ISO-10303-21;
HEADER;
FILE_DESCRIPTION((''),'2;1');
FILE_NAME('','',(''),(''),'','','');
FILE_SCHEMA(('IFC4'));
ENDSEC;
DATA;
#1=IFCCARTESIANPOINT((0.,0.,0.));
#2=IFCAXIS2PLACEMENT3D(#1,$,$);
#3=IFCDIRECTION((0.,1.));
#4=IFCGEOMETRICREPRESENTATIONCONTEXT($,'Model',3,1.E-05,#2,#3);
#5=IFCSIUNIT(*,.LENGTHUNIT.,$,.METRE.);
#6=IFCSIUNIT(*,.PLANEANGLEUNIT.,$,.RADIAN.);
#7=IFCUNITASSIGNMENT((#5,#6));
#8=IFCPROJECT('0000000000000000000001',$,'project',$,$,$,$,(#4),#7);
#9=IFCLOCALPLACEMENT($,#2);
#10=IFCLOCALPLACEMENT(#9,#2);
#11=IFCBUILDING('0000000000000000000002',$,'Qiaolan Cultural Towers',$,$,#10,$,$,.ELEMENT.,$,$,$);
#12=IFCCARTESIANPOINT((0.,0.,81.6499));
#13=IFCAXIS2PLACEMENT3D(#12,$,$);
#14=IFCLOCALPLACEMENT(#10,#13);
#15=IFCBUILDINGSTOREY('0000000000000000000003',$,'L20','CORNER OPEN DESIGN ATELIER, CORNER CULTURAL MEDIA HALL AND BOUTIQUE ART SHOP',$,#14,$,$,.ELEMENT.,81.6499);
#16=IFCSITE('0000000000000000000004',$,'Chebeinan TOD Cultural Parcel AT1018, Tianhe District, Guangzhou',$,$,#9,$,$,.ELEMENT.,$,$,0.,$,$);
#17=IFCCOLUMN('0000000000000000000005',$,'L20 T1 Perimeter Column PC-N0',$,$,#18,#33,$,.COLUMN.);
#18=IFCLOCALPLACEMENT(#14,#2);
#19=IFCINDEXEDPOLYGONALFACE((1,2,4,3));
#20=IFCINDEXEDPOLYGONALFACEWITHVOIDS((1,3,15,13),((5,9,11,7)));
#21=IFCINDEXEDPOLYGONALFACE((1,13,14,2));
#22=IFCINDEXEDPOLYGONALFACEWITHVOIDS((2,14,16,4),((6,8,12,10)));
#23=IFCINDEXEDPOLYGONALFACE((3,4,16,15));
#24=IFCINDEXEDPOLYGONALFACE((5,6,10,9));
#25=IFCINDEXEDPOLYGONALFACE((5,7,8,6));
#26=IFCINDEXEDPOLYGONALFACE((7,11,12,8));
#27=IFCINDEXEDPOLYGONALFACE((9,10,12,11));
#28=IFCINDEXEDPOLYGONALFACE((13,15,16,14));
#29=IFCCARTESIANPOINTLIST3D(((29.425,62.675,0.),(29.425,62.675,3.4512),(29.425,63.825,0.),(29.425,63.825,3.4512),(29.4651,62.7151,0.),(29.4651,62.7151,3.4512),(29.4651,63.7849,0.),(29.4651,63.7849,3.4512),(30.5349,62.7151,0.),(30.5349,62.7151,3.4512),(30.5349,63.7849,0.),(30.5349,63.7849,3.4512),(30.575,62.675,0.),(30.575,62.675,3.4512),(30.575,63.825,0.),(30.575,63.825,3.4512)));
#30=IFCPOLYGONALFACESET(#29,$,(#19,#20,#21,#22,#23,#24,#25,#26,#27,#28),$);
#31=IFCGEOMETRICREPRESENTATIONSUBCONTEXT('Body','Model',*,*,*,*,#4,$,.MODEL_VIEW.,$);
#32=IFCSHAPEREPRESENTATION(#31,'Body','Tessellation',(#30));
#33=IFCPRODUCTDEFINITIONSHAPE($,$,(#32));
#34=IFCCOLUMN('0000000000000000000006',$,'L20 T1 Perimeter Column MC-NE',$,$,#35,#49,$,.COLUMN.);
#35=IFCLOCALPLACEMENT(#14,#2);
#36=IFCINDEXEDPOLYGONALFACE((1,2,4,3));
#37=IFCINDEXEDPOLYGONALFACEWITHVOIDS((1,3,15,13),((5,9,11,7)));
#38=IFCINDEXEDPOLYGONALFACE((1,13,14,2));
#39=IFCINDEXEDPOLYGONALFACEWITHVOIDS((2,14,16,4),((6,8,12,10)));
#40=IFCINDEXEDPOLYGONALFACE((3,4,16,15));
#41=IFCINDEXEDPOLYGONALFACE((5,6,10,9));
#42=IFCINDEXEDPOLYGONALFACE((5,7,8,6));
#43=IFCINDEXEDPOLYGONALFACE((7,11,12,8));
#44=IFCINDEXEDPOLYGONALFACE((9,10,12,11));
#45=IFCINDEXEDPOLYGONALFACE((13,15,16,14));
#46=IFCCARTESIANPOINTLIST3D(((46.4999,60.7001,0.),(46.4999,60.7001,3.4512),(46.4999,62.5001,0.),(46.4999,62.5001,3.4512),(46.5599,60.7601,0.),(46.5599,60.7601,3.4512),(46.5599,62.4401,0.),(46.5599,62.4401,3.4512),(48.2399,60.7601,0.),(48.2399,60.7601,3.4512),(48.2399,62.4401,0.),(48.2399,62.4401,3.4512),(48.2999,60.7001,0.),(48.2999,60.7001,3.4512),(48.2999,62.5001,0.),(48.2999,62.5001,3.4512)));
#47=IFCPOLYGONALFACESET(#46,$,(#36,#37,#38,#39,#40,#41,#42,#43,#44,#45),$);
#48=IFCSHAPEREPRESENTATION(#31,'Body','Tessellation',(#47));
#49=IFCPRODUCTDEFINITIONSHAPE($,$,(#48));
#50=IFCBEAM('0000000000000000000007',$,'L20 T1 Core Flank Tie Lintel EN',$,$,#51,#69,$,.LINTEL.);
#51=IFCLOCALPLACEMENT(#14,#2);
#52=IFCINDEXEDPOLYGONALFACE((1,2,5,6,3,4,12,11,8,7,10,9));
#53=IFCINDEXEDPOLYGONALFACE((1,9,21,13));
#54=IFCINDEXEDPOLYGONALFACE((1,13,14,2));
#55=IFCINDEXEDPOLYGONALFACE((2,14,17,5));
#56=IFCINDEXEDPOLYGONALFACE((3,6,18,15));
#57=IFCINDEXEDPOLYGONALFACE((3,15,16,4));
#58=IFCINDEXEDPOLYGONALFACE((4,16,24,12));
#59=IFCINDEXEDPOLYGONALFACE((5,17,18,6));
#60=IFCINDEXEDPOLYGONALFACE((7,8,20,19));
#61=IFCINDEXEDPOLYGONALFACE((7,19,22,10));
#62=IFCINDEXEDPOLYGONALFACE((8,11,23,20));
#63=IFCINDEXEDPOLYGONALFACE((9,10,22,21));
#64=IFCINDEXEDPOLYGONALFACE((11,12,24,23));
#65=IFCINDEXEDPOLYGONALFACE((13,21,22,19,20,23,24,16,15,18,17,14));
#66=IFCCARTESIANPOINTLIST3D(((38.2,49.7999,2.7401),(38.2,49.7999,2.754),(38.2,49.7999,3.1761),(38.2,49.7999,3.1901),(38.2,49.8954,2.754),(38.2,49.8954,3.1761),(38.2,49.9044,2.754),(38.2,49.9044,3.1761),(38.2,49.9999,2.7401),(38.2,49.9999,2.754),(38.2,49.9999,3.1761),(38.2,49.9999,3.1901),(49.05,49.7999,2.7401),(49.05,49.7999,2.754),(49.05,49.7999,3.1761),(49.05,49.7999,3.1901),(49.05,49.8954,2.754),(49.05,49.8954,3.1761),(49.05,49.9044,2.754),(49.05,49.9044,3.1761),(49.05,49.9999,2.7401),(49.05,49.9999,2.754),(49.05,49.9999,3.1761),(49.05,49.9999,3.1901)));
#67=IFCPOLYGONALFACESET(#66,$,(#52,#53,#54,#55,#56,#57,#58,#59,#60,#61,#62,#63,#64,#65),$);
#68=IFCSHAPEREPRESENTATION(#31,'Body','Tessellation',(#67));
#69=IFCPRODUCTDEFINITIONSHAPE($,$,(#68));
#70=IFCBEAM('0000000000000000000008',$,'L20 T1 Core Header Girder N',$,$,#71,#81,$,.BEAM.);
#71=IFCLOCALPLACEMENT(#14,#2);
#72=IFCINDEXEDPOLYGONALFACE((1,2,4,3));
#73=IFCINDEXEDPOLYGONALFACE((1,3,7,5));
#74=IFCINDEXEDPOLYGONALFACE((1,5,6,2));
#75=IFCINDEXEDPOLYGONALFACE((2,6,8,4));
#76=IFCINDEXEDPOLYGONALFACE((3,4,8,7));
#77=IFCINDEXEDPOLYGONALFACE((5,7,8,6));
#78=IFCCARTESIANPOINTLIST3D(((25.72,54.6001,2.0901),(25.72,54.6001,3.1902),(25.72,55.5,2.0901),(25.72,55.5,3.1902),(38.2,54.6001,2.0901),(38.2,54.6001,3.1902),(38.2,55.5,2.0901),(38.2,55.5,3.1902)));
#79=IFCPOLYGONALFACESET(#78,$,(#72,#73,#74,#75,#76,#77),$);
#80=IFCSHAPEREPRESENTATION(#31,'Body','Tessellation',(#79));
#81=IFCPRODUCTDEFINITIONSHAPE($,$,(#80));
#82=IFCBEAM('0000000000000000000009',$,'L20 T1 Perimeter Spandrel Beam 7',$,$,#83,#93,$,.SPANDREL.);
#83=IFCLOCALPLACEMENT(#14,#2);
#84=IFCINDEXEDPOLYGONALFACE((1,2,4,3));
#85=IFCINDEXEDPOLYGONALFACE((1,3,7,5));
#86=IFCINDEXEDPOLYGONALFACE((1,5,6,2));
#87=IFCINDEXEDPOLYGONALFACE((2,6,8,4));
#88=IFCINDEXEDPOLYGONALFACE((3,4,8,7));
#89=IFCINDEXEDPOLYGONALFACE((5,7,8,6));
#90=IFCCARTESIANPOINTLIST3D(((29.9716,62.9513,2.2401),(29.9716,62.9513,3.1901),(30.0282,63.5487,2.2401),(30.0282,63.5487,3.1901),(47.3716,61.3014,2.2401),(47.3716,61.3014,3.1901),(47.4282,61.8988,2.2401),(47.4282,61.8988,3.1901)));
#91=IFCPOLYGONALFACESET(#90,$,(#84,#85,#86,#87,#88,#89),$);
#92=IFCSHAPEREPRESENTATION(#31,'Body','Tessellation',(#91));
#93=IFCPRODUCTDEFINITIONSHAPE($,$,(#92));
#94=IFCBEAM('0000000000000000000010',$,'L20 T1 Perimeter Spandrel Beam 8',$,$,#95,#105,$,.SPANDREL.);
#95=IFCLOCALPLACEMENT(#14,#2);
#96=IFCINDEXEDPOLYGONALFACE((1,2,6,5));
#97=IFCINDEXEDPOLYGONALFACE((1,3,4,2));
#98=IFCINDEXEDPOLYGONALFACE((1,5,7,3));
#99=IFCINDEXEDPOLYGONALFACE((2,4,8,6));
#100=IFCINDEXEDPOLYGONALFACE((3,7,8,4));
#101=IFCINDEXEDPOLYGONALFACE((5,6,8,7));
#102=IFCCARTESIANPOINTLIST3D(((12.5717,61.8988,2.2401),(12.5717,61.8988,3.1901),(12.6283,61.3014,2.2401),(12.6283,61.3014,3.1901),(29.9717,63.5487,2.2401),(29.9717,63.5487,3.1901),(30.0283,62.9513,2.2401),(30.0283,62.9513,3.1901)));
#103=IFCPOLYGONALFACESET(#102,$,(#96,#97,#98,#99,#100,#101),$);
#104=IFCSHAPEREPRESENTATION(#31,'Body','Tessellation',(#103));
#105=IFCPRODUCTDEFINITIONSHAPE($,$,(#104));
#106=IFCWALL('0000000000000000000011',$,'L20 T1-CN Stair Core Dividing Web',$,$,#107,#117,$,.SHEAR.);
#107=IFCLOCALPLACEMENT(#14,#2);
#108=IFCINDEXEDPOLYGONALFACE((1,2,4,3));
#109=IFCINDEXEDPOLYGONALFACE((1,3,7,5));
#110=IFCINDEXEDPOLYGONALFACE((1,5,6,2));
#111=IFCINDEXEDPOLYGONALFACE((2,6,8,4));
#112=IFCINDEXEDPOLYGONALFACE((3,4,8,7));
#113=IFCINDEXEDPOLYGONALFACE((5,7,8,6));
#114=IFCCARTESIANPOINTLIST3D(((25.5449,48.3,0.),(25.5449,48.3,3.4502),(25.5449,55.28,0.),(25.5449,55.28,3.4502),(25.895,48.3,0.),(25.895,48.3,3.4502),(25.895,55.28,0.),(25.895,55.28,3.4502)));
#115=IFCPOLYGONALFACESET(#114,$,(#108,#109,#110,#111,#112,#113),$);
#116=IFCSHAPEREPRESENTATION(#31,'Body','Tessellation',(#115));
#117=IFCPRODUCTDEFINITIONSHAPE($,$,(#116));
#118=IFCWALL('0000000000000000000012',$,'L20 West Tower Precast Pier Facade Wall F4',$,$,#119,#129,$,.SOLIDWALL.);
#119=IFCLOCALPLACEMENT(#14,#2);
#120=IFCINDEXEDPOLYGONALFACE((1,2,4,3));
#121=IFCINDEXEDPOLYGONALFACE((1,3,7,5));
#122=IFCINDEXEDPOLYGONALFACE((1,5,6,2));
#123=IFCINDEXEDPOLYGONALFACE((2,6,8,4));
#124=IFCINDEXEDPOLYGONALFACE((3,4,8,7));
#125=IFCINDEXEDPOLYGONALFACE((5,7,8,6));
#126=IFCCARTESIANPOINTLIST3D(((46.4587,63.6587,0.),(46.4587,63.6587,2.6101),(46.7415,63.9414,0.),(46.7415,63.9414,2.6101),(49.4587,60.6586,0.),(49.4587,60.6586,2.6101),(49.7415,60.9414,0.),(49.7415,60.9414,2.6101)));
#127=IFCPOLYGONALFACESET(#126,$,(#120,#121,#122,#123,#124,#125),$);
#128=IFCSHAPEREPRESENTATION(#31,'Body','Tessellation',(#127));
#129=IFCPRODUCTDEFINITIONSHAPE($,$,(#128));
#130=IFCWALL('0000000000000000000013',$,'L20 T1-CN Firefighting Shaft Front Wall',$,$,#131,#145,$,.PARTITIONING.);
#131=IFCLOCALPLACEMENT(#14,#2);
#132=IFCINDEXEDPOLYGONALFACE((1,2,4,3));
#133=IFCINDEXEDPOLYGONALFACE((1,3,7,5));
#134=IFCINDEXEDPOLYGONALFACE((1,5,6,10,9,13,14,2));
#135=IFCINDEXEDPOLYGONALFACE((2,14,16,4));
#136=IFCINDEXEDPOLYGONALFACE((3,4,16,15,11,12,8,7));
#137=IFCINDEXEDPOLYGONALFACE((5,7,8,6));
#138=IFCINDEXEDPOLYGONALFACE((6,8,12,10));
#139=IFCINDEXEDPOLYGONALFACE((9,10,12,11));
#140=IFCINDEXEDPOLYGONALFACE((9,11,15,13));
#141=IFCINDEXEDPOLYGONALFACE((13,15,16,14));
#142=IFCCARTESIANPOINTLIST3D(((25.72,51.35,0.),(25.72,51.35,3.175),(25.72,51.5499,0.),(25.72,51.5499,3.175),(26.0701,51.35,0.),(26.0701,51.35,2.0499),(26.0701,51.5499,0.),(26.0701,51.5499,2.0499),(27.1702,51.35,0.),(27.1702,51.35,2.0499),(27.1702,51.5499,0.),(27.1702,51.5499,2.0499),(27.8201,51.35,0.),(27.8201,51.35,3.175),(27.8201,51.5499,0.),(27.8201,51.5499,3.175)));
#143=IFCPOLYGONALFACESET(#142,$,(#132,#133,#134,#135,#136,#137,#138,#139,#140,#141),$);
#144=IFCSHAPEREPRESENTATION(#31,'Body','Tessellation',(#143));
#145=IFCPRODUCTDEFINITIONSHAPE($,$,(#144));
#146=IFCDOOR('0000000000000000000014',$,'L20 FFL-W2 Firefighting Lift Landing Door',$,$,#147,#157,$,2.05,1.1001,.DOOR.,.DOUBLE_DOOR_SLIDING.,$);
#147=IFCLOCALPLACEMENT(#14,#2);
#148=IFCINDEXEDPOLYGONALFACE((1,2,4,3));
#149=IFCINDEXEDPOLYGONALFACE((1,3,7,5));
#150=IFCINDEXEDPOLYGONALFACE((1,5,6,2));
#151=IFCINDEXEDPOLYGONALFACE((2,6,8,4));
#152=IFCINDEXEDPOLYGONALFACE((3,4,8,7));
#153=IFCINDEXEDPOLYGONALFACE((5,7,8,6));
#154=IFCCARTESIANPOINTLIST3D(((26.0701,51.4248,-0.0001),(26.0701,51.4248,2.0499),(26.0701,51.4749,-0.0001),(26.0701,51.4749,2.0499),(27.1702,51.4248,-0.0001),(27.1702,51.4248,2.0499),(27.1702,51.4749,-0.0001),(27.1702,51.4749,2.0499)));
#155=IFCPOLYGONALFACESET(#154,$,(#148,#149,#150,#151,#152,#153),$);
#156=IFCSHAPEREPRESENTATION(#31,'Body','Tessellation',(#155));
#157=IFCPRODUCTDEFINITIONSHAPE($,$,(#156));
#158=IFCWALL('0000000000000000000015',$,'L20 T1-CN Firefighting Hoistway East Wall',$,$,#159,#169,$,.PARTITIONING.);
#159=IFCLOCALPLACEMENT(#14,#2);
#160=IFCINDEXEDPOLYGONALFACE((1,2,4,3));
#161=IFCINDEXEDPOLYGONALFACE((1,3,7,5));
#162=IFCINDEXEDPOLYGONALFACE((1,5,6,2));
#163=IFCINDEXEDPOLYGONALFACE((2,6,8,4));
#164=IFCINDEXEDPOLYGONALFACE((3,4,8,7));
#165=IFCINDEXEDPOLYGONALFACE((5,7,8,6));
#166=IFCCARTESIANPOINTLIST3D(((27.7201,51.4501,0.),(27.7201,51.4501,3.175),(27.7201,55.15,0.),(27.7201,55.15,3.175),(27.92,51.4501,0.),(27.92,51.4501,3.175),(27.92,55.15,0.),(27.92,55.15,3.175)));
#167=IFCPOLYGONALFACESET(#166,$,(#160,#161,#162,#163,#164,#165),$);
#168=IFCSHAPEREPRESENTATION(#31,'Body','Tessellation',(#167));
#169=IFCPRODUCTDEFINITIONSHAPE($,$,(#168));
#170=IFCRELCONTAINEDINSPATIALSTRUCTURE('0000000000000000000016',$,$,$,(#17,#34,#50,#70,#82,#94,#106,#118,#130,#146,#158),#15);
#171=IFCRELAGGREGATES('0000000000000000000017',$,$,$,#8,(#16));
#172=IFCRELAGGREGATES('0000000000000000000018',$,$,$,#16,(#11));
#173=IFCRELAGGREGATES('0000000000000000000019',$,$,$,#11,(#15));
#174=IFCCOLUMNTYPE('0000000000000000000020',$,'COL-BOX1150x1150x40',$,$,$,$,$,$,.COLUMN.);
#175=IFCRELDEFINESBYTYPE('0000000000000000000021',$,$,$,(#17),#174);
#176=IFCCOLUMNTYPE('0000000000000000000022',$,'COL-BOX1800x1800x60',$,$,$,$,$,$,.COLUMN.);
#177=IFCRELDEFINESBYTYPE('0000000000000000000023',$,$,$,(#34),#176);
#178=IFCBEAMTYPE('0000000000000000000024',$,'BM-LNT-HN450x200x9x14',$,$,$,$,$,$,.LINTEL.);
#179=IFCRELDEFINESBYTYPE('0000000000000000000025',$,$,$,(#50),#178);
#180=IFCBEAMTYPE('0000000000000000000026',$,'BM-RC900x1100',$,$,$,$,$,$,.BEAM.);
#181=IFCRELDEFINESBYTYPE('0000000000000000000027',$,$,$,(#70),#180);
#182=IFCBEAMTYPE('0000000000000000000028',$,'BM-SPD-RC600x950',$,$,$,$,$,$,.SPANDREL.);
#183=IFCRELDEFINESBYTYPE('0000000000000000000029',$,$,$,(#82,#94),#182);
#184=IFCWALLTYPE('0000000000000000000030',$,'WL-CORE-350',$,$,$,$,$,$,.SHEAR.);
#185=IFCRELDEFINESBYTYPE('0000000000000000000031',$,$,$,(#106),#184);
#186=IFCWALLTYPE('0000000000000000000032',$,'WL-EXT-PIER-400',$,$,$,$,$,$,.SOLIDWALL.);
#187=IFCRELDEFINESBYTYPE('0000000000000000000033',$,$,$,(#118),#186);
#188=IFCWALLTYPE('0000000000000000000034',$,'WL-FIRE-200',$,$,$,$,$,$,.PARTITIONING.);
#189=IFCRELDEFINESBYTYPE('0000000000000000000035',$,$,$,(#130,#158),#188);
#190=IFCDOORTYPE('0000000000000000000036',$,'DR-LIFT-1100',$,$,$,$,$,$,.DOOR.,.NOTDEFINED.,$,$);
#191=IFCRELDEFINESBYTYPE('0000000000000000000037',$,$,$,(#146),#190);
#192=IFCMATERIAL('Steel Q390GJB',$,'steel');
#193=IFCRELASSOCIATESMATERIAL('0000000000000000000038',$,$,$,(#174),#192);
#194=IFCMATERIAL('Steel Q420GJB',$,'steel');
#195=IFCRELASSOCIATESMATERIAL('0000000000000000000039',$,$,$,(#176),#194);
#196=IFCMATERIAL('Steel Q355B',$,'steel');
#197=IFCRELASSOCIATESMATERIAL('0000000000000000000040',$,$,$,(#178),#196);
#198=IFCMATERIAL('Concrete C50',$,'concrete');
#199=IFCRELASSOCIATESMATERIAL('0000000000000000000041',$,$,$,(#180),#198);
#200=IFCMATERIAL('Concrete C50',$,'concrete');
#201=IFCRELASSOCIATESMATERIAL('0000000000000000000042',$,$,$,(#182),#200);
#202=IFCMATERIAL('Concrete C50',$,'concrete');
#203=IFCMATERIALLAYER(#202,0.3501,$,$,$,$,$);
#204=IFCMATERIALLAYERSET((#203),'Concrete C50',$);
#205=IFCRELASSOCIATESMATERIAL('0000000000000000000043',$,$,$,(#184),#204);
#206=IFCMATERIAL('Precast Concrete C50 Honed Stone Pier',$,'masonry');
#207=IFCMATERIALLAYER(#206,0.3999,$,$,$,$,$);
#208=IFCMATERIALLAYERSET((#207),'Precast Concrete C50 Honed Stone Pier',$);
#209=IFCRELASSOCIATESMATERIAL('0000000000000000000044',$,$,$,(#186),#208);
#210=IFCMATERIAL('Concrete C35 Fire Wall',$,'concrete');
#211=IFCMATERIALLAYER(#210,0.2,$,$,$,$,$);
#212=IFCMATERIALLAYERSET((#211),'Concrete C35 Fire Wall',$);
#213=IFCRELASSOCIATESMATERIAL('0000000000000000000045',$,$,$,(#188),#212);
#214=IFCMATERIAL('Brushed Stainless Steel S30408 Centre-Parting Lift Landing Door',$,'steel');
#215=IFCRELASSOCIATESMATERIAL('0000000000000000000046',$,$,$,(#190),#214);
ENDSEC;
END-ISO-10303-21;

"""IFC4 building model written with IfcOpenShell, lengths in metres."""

from ifc_helpers import new_model, si_unit, direction, frame, frame_2d, origin, origin_2d, place, context, subcontext, project, spatial, rectangle, hollow_rectangle, i_section, extrude, material, layer, layer_set, material_profile, profile_set, type_object, element, fill, save


model = new_model("IFC4")

# Units and contexts
model_context = context("Model", 3, precision=1e-05, world=origin(), true_north=direction((0.0, 1.0)))
body_context = subcontext(model_context, "Body", "Model", "MODEL_VIEW")
ifc_project = project(units=[si_unit("LENGTHUNIT", "METRE"), si_unit("PLANEANGLEUNIT", "RADIAN")], contexts=[model_context])

# Site, building, storey
site_placement = place(None, origin())
site = spatial("IfcSite", under=ifc_project, at=site_placement, Name="Chebeinan TOD Cultural Parcel AT1018, Tianhe District, Guangzhou", CompositionType="ELEMENT", RefElevation=0.0)
building_placement = place(site_placement, origin())
building = spatial("IfcBuilding", under=site, at=building_placement, Name="Qiaolan Cultural Towers", CompositionType="ELEMENT")
storey_placement = place(building_placement, frame((0.0, 0.0, 81.6499)))
storey = spatial("IfcBuildingStorey", under=building, at=storey_placement, Name="L20", Description="CORNER OPEN DESIGN ATELIER, CORNER CULTURAL MEDIA HALL AND BOUTIQUE ART SHOP", CompositionType="ELEMENT", Elevation=81.6499)

# Columns
ifc_material_1 = material(Name="Steel Q390GJB", Category="steel")
ifc_material_profile_1 = material_profile(ifc_material_1, hollow_rectangle(XDim=1.1499, YDim=1.1499, WallThickness=0.04, at=origin_2d()), Name="BOX1150x1150x40")
ifc_profile_set_1 = profile_set([ifc_material_profile_1], Name="Steel Q390GJB")
column_type_1 = type_object("IfcColumnType", Name="COL-BOX1150x1150x40", PredefinedType="COLUMN", material=ifc_profile_set_1)
column_1_placement = place(storey_placement, frame((30.0, 63.25, 0.0), z_axis=(0.0, 0.0, 1.0), x_axis=(1.0, 0.0, 0.0)))
element("IfcColumn", 1, at=column_1_placement, inside=storey, type_object=column_type_1, Name="L20 T1 Perimeter Column PC-N0", PredefinedType="COLUMN", context=body_context, shape_type="SweptSolid", body=[
    extrude(hollow_rectangle(XDim=1.1499, YDim=1.1499, WallThickness=0.04, at=origin_2d()), origin(), (0.0, 0.0, 1.0), 3.4512),
])
ifc_material_2 = material(Name="Steel Q420GJB", Category="steel")
ifc_material_profile_2 = material_profile(ifc_material_2, hollow_rectangle(XDim=1.8, YDim=1.8, WallThickness=0.0601, at=origin_2d()), Name="BOX1800x1800x60")
ifc_profile_set_2 = profile_set([ifc_material_profile_2], Name="Steel Q420GJB")
column_type_2 = type_object("IfcColumnType", Name="COL-BOX1800x1800x60", PredefinedType="COLUMN", material=ifc_profile_set_2)
column_2_placement = place(storey_placement, frame((47.3999, 61.6001, 0.0), z_axis=(0.0, 0.0, 1.0), x_axis=(1.0, 0.0, 0.0)))
element("IfcColumn", 2, at=column_2_placement, inside=storey, type_object=column_type_2, Name="L20 T1 Perimeter Column MC-NE", PredefinedType="COLUMN", context=body_context, shape_type="SweptSolid", body=[
    extrude(hollow_rectangle(XDim=1.8, YDim=1.8, WallThickness=0.0601, at=origin_2d()), origin(), (0.0, 0.0, 1.0), 3.4512),
])

# Beams
ifc_material_3 = material(Name="Steel Q355B", Category="steel")
ifc_material_profile_3 = material_profile(ifc_material_3, i_section(OverallWidth=0.2, OverallDepth=0.45, WebThickness=0.009, FlangeThickness=0.0139, at=origin_2d()), Name="HN450x200x9x14")
ifc_profile_set_3 = profile_set([ifc_material_profile_3], Name="Steel Q355B")
beam_type_1 = type_object("IfcBeamType", Name="BM-LNT-HN450x200x9x14", PredefinedType="LINTEL", material=ifc_profile_set_3)
beam_1_placement = place(storey_placement, frame((38.2, 49.8999, 2.9651), z_axis=(1.0, 0.0, 0.0), x_axis=(0.0, 1.0, 0.0)))
element("IfcBeam", 3, at=beam_1_placement, inside=storey, type_object=beam_type_1, Name="L20 T1 Core Flank Tie Lintel EN", PredefinedType="LINTEL", context=body_context, shape_type="SweptSolid", body=[
    extrude(i_section(OverallWidth=0.2, OverallDepth=0.45, WebThickness=0.009, FlangeThickness=0.0139, at=origin_2d()), origin(), (0.0, 0.0, 1.0), 10.8501),
])
ifc_material_4 = material(Name="Concrete C50", Category="concrete")
ifc_material_profile_4 = material_profile(ifc_material_4, rectangle(XDim=0.8999, YDim=1.1001, at=origin_2d()), Name="RC900x1100")
ifc_profile_set_4 = profile_set([ifc_material_profile_4], Name="Concrete C50")
beam_type_2 = type_object("IfcBeamType", Name="BM-RC900x1100", PredefinedType="BEAM", material=ifc_profile_set_4)
beam_2_placement = place(storey_placement, frame((25.72, 55.05, 2.6401), z_axis=(1.0, 0.0, 0.0), x_axis=(0.0, 1.0, 0.0)))
element("IfcBeam", 4, at=beam_2_placement, inside=storey, type_object=beam_type_2, Name="L20 T1 Core Header Girder N", PredefinedType="BEAM", context=body_context, shape_type="SweptSolid", body=[
    extrude(rectangle(XDim=0.8999, YDim=1.1001, at=origin_2d()), origin(), (0.0, 0.0, 1.0), 12.48),
])
ifc_material_5 = material(Name="Concrete C50", Category="concrete")
ifc_material_profile_5 = material_profile(ifc_material_5, rectangle(XDim=0.6001, YDim=0.95, at=origin_2d()), Name="RC600x950")
ifc_profile_set_5 = profile_set([ifc_material_profile_5], Name="Concrete C50")
beam_type_3 = type_object("IfcBeamType", Name="BM-SPD-RC600x950", PredefinedType="SPANDREL", material=ifc_profile_set_5)
for number, where, z_axis, x_axis, name in (
    (5, (47.3999, 61.6001, 2.7151), (-0.995534, 0.094399, 0.0), (-0.094399, -0.995534, 0.0), "L20 T1 Perimeter Spandrel Beam 7"),
    (6, (30.0, 63.25, 2.7151), (-0.995534, -0.094399, 0.0), (0.094399, -0.995534, 0.0), "L20 T1 Perimeter Spandrel Beam 8"),
):
    element("IfcBeam", number, at=place(storey_placement, frame(where, z_axis=z_axis, x_axis=x_axis)), inside=storey, type_object=beam_type_3, Name=name, PredefinedType="SPANDREL", context=body_context, shape_type="SweptSolid", body=[
        extrude(rectangle(XDim=0.6001, YDim=0.95, at=origin_2d()), origin(), (0.0, 0.0, 1.0), 17.478),
    ])

# Walls
ifc_material_6 = material(Name="Concrete C50", Category="concrete")
ifc_layer_1 = layer(ifc_material_6, 0.3501)
ifc_layer_set_1 = layer_set([ifc_layer_1], Name="Concrete C50")
wall_type_1 = type_object("IfcWallType", Name="WL-CORE-350", PredefinedType="SHEAR", material=ifc_layer_set_1)
wall_1_placement = place(storey_placement, frame((25.72, 48.3, 0.0), z_axis=(0.0, 0.0, 1.0), x_axis=(0.0, 1.0, 0.0)))
element("IfcWall", 7, at=wall_1_placement, inside=storey, type_object=wall_type_1, Name="L20 T1-CN Stair Core Dividing Web", PredefinedType="SHEAR", context=body_context, shape_type="SweptSolid", body=[
    extrude(rectangle(XDim=6.98, YDim=0.3501, at=frame_2d((3.49, 0.0))), origin(), (0.0, 0.0, 1.0), 3.4502),
])
ifc_material_7 = material(Name="Precast Concrete C50 Honed Stone Pier", Category="masonry")
ifc_layer_2 = layer(ifc_material_7, 0.3999)
ifc_layer_set_2 = layer_set([ifc_layer_2], Name="Precast Concrete C50 Honed Stone Pier")
wall_type_2 = type_object("IfcWallType", Name="WL-EXT-PIER-400", PredefinedType="SOLIDWALL", material=ifc_layer_set_2)
wall_2_placement = place(storey_placement, frame((46.6001, 63.8, 0.0), z_axis=(0.0, 0.0, 1.0), x_axis=(0.707107, -0.707107, 0.0)))
element("IfcWall", 8, at=wall_2_placement, inside=storey, type_object=wall_type_2, Name="L20 West Tower Precast Pier Facade Wall F4", PredefinedType="SOLIDWALL", context=body_context, shape_type="SweptSolid", body=[
    extrude(rectangle(XDim=4.2427, YDim=0.3999, at=frame_2d((2.1213, 0.0))), origin(), (0.0, 0.0, 1.0), 2.6101),
])

# Wall, opening, door
ifc_material_8 = material(Name="Concrete C35 Fire Wall", Category="concrete")
ifc_layer_3 = layer(ifc_material_8, 0.2)
ifc_layer_set_3 = layer_set([ifc_layer_3], Name="Concrete C35 Fire Wall")
wall_type_3 = type_object("IfcWallType", Name="WL-FIRE-200", PredefinedType="PARTITIONING", material=ifc_layer_set_3)
wall_3_placement = place(storey_placement, frame((25.72, 51.45, 0.0), z_axis=(0.0, 0.0, 1.0), x_axis=(1.0, 0.0, 0.0)))
wall_3 = element("IfcWall", 9, at=wall_3_placement, inside=storey, type_object=wall_type_3, Name="L20 T1-CN Firefighting Shaft Front Wall", PredefinedType="PARTITIONING", context=body_context, shape_type="SweptSolid", body=[
    extrude(rectangle(XDim=2.1001, YDim=0.2, at=frame_2d((1.05, 0.0))), origin(), (0.0, 0.0, 1.0), 3.175),
])
opening_1_placement = place(wall_3_placement, frame((0.3501, 0.0, 0.0)))
opening_1 = element("IfcOpeningElement", 10, at=opening_1_placement, cuts=wall_3, PredefinedType="OPENING", context=body_context, shape_type="SweptSolid", body=[
    extrude(rectangle(XDim=1.1001, YDim=2.05, at=frame_2d((0.55, 1.0249))), frame((0.0, 0.1099, 0.0), z_axis=(0.0, -1.0, 0.0), x_axis=(1.0, 0.0, 0.0)), (0.0, 0.0, 1.0), 0.22),
])
ifc_material_9 = material(Name="Brushed Stainless Steel S30408 Centre-Parting Lift Landing Door", Category="steel")
door_type_1 = type_object("IfcDoorType", Name="DR-LIFT-1100", OperationType="NOTDEFINED", PredefinedType="DOOR", material=ifc_material_9)
door_1_placement = place(opening_1_placement, origin())
door_1 = element("IfcDoor", 11, at=door_1_placement, inside=storey, type_object=door_type_1, Name="L20 FFL-W2 Firefighting Lift Landing Door", OperationType="DOUBLE_DOOR_SLIDING", OverallHeight=2.05, OverallWidth=1.1001, PredefinedType="DOOR", context=body_context, shape_type="SweptSolid", body=[
    extrude(rectangle(XDim=1.1001, YDim=2.05, at=frame_2d((0.55, 1.0249))), frame((0.0, 0.0249, 0.0), z_axis=(0.0, -1.0, 0.0), x_axis=(1.0, 0.0, 0.0)), (0.0, 0.0, 1.0), 0.05),
])
fill(opening_1, door_1)

# Wall
wall_4_placement = place(storey_placement, frame((27.8201, 51.45, 0.0), z_axis=(0.0, 0.0, 1.0), x_axis=(0.0, 1.0, 0.0)))
element("IfcWall", 12, at=wall_4_placement, inside=storey, type_object=wall_type_3, Name="L20 T1-CN Firefighting Hoistway East Wall", PredefinedType="PARTITIONING", context=body_context, shape_type="SweptSolid", body=[
    extrude(rectangle(XDim=3.7, YDim=0.2, at=frame_2d((1.8501, 0.0))), origin(), (0.0, 0.0, 1.0), 3.175),
])

save(model, "model.ifc")
